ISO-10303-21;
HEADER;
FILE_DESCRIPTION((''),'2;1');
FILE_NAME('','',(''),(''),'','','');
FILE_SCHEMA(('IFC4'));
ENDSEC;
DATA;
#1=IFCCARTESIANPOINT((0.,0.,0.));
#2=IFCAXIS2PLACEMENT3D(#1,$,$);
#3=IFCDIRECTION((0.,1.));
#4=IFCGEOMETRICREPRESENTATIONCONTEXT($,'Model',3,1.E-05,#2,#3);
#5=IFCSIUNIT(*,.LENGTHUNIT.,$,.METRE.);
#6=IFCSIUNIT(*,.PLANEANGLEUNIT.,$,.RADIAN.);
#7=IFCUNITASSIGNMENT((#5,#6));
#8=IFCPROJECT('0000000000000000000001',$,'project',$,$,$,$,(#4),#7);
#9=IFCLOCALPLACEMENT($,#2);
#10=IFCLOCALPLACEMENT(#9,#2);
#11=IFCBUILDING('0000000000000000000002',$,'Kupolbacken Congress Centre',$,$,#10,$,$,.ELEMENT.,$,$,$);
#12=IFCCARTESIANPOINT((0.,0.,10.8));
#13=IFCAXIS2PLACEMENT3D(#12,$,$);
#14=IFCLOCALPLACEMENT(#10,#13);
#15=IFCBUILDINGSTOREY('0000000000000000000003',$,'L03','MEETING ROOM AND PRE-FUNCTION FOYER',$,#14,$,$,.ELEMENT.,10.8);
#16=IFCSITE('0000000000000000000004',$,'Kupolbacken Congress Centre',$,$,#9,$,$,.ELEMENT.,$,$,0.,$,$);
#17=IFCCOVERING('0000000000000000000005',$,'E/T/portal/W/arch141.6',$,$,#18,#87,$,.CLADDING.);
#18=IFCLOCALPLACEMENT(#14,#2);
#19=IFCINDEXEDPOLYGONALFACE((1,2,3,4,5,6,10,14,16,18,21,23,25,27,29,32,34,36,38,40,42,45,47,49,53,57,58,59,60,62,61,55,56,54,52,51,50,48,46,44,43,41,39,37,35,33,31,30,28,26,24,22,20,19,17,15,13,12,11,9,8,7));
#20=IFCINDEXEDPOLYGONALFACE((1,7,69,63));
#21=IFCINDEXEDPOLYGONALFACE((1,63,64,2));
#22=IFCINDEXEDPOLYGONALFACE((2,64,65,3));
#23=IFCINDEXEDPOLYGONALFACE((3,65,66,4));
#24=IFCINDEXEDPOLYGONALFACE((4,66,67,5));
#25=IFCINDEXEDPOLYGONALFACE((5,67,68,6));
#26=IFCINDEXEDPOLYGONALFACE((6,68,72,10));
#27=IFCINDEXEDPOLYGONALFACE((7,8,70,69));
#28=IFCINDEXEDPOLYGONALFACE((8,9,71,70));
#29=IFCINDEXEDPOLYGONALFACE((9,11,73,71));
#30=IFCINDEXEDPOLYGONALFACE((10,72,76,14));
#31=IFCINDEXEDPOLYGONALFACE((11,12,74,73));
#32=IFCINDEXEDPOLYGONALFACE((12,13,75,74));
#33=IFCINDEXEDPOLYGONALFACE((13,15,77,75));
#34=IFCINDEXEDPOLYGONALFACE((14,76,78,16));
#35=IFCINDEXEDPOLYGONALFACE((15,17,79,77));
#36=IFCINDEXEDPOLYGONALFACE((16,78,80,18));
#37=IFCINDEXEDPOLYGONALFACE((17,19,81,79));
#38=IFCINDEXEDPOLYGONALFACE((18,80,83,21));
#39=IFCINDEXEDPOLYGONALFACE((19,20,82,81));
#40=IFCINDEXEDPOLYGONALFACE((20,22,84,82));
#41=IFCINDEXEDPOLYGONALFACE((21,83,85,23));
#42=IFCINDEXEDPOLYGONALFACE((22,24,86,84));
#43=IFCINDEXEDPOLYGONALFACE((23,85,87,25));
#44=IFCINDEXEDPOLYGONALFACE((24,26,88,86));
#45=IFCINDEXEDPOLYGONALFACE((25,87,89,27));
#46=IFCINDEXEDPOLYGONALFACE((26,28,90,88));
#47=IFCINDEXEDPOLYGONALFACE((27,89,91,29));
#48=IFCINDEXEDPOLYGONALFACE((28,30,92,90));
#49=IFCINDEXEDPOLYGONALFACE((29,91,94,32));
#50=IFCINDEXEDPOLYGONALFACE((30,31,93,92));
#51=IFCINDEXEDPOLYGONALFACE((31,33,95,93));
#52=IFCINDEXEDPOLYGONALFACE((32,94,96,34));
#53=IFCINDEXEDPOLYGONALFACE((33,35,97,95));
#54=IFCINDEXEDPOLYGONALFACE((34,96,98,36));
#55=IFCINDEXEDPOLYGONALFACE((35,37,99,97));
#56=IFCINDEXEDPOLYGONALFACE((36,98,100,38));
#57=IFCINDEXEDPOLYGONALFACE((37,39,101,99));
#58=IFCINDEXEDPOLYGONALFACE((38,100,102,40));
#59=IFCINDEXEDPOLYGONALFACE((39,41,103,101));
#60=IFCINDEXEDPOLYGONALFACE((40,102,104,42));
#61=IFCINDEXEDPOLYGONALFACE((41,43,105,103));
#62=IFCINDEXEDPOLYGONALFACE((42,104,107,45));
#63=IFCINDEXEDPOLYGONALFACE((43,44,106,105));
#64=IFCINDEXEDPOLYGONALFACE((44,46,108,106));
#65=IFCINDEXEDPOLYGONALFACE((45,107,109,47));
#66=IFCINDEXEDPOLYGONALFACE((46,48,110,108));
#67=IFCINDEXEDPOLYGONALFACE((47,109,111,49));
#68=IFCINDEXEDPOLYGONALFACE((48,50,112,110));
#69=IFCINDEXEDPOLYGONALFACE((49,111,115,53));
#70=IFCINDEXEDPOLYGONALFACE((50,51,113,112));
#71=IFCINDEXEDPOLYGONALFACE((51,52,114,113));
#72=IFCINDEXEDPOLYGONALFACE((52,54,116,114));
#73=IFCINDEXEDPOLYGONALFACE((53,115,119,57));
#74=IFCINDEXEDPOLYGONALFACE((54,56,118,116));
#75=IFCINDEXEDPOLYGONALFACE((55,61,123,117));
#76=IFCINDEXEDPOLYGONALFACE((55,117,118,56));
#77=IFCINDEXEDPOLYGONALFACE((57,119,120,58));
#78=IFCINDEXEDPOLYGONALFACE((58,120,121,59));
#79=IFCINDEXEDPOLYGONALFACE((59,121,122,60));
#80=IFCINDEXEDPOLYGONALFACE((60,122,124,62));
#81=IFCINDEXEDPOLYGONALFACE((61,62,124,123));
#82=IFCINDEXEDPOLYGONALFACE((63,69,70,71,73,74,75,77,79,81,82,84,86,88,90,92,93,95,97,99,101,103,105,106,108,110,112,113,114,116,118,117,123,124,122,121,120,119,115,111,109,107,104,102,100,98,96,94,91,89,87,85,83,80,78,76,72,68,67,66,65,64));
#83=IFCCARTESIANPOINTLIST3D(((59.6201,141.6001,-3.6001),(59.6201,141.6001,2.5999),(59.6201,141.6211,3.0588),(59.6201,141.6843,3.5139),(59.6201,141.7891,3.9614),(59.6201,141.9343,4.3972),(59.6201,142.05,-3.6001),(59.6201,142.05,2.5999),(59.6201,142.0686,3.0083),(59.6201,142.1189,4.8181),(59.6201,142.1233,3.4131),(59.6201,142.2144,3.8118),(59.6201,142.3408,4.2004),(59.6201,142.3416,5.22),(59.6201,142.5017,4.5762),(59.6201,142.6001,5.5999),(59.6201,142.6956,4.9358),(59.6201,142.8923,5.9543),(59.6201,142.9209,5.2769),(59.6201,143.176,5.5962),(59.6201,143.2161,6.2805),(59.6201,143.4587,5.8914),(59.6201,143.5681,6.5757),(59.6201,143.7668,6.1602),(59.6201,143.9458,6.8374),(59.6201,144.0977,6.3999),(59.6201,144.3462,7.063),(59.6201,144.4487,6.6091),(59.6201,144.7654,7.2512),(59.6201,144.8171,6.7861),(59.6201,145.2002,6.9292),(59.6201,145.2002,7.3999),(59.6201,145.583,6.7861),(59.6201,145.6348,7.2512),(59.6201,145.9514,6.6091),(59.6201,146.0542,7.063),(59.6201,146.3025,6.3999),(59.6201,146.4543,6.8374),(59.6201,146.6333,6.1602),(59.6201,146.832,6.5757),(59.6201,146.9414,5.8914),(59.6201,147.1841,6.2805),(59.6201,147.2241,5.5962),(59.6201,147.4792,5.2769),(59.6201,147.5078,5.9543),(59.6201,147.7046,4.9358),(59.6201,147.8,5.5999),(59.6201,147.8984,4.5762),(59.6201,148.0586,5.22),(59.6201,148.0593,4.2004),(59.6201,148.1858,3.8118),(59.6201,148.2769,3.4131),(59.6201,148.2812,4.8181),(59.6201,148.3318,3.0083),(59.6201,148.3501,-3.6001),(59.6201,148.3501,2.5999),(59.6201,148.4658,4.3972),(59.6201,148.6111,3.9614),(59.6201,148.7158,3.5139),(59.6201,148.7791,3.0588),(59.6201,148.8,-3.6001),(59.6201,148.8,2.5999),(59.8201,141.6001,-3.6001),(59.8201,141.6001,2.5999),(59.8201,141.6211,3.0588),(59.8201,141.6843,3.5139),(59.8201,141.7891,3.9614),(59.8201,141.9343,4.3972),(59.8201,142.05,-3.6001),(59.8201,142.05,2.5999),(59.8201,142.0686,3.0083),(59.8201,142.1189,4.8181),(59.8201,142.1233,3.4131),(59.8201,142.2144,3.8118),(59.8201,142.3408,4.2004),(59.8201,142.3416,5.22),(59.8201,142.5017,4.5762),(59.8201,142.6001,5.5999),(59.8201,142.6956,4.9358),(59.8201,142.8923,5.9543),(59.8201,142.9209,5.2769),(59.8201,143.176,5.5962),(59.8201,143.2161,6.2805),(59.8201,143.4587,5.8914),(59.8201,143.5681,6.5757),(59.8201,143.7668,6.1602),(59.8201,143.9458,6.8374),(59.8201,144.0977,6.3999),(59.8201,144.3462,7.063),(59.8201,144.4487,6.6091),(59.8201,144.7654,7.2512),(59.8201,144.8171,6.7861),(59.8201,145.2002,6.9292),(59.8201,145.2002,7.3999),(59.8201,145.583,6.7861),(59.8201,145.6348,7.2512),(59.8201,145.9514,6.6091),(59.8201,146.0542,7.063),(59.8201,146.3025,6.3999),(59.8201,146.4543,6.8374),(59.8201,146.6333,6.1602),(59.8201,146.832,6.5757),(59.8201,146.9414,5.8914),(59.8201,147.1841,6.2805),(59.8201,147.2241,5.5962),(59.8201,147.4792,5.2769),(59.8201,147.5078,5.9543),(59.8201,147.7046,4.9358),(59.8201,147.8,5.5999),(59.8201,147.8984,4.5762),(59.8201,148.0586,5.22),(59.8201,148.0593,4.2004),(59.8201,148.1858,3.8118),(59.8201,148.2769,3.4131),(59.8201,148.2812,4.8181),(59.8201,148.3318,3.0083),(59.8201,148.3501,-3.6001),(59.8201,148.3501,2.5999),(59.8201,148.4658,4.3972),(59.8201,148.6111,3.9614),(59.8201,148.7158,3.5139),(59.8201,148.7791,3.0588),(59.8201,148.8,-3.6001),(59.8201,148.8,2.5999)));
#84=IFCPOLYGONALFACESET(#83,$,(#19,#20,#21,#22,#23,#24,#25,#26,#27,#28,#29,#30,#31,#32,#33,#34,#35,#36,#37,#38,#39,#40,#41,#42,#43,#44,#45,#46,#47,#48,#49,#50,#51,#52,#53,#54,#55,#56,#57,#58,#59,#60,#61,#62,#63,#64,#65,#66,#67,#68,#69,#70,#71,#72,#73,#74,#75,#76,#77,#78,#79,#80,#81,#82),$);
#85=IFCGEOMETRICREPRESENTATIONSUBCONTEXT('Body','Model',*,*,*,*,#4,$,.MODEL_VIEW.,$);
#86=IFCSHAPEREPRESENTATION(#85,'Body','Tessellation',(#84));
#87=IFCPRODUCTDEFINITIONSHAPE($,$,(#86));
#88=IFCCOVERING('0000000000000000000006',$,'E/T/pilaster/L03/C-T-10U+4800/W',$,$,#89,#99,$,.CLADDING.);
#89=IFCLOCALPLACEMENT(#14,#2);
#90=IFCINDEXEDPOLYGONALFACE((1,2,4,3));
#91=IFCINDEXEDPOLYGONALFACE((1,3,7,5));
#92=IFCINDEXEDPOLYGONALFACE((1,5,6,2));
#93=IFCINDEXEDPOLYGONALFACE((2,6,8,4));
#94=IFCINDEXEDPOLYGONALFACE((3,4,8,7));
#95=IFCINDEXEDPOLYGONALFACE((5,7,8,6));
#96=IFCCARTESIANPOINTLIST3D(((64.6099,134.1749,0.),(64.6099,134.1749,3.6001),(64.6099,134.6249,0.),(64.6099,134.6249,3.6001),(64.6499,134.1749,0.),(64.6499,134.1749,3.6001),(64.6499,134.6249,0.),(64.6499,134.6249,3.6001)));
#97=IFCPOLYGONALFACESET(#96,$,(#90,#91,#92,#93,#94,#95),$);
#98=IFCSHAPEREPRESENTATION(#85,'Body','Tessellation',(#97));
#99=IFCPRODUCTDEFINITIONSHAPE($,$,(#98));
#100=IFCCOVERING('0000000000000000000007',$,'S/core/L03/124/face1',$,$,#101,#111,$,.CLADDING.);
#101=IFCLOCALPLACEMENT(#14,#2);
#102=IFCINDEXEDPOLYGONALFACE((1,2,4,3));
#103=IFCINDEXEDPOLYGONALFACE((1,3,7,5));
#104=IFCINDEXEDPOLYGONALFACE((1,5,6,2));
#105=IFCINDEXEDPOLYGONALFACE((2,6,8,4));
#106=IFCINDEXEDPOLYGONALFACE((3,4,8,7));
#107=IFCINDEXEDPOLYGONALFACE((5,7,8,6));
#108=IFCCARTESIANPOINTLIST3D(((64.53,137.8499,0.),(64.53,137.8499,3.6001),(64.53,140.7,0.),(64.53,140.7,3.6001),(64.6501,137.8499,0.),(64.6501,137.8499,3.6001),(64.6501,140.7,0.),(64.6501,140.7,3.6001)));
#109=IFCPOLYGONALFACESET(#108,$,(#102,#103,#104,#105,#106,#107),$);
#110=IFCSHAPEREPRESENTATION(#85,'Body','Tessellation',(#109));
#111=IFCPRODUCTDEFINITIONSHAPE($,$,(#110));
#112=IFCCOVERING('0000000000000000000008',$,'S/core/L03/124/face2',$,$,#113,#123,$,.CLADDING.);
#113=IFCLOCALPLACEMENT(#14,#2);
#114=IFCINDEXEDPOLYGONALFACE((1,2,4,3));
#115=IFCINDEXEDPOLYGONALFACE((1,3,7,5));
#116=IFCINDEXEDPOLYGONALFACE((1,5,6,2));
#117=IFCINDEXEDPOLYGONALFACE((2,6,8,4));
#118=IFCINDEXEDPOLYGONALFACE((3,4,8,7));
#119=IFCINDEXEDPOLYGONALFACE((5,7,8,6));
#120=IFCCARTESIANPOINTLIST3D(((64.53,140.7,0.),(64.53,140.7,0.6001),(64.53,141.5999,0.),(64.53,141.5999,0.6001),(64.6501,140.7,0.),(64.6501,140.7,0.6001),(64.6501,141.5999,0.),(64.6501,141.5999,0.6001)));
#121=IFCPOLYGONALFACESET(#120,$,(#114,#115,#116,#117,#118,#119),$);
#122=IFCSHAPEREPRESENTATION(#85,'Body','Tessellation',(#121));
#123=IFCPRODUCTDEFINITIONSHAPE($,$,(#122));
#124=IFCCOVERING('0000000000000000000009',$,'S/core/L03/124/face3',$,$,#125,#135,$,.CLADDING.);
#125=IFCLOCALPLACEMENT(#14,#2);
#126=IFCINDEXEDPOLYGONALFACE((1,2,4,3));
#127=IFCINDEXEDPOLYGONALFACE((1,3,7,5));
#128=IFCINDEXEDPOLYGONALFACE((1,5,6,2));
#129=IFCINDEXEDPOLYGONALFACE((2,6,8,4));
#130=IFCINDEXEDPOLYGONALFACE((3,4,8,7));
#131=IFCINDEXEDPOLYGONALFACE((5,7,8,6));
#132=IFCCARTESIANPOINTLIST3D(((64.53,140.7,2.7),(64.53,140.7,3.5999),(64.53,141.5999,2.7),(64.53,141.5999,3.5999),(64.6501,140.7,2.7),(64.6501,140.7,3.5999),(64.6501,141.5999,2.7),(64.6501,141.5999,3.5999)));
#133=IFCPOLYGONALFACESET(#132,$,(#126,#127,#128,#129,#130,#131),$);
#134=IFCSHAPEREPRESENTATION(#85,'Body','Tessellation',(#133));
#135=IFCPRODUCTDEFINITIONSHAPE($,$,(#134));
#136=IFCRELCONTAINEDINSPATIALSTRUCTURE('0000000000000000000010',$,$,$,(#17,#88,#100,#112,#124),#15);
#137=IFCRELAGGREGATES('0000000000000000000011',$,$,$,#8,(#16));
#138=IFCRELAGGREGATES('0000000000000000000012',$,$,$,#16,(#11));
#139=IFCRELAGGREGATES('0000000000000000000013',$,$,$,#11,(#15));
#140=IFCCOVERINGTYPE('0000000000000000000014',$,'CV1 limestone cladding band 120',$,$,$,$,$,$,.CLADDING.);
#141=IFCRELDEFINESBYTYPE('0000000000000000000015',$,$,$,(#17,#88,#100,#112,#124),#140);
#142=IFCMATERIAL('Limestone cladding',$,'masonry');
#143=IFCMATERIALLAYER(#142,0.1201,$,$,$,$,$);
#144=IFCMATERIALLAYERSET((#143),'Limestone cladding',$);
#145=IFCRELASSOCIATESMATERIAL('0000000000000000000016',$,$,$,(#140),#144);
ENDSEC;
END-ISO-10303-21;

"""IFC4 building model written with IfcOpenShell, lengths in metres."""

from ifc_helpers import new_model, si_unit, direction, frame, origin, origin_2d, place, context, subcontext, project, spatial, polyline, rectangle, outline, extrude, material, layer, layer_set, type_object, element, save


model = new_model("IFC4")

# Units and contexts
model_context = context("Model", 3, precision=1e-05, world=origin(), true_north=direction((0.0, 1.0)))
body_context = subcontext(model_context, "Body", "Model", "MODEL_VIEW")
ifc_project = project(units=[si_unit("LENGTHUNIT", "METRE"), si_unit("PLANEANGLEUNIT", "RADIAN")], contexts=[model_context])

# Site, building, storey
site_placement = place(None, origin())
site = spatial("IfcSite", under=ifc_project, at=site_placement, Name="Kupolbacken Congress Centre", CompositionType="ELEMENT", RefElevation=0.0)
building_placement = place(site_placement, origin())
building = spatial("IfcBuilding", under=site, at=building_placement, Name="Kupolbacken Congress Centre", CompositionType="ELEMENT")
storey_placement = place(building_placement, frame((0.0, 0.0, 10.8)))
storey = spatial("IfcBuildingStorey", under=building, at=storey_placement, Name="L03", Description="MEETING ROOM AND PRE-FUNCTION FOYER", CompositionType="ELEMENT", Elevation=10.8)

# Coverings
ifc_material_1 = material(Name="Limestone cladding", Category="masonry")
ifc_layer_1 = layer(ifc_material_1, 0.1201)
ifc_layer_set_1 = layer_set([ifc_layer_1], Name="Limestone cladding")
covering_type = type_object("IfcCoveringType", Name="CV1 limestone cladding band 120", PredefinedType="CLADDING", material=ifc_layer_set_1)
covering_1_placement = place(storey_placement, frame((59.8201, 141.6001, -3.6001), z_axis=(-1.0, 0.0, 0.0), x_axis=(0.0, -1.0, 0.0)))
element("IfcCovering", 1, at=covering_1_placement, inside=storey, type_object=covering_type, Name="E/T/portal/W/arch141.6", PredefinedType="CLADDING", context=body_context, shape_type="SweptSolid", body=[
    extrude(outline(polyline([(0.0, 0.0), (0.0, 6.2), (-0.021, 6.6589), (-0.0842, 7.114), (-0.189, 7.5615), (-0.3342, 7.9973), (-0.5188, 8.4182), (-0.7415, 8.8201), (-1.0, 9.2), (-1.2922, 9.5544), (-1.616, 9.8806), (-1.968, 10.1758), (-2.3457, 10.4375), (-2.7461, 10.6631), (-3.1653, 10.8513), (-3.6001, 11.0), (-4.0347, 10.8513), (-4.4541, 10.6631), (-4.8542, 10.4375), (-5.2319, 10.1758), (-5.584, 9.8806), (-5.9077, 9.5544), (-6.2, 9.2), (-6.4585, 8.8201), (-6.6812, 8.4182), (-6.8657, 7.9973), (-7.011, 7.5615), (-7.1157, 7.114), (-7.179, 6.6589), (-7.2, 6.2), (-7.2, 0.0), (-6.75, 0.0), (-6.75, 6.2), (-6.7317, 6.6084), (-6.6768, 7.0132), (-6.5857, 7.4119), (-6.4592, 7.8005), (-6.2983, 8.1763), (-6.1045, 8.5359), (-5.8792, 8.877), (-5.624, 9.1963), (-5.3413, 9.4915), (-5.0332, 9.7603), (-4.7024, 10.0), (-4.3513, 10.2092), (-3.9829, 10.3862), (-3.6001, 10.5293), (-3.217, 10.3862), (-2.8486, 10.2092), (-2.4976, 10.0), (-2.1667, 9.7603), (-1.8586, 9.4915), (-1.5759, 9.1963), (-1.3208, 8.877), (-1.0955, 8.5359), (-0.9016, 8.1763), (-0.7407, 7.8005), (-0.6143, 7.4119), (-0.5232, 7.0132), (-0.4685, 6.6084), (-0.45, 6.2), (-0.45, 0.0), (0.0, 0.0)])), origin(), (0.0, 0.0, 1.0), 0.2),
])
covering_2_placement = place(storey_placement, frame((64.6299, 134.3999, 0.0), z_axis=(0.0, 0.0, 1.0), x_axis=(1.0, 0.0, 0.0)))
element("IfcCovering", 2, at=covering_2_placement, inside=storey, type_object=covering_type, Name="E/T/pilaster/L03/C-T-10U+4800/W", PredefinedType="CLADDING", context=body_context, shape_type="SweptSolid", body=[
    extrude(rectangle(XDim=0.04, YDim=0.45, at=origin_2d()), origin(), (0.0, 0.0, 1.0), 3.6001),
])
covering_3_placement = place(storey_placement, frame((64.5901, 139.2749, 0.0), z_axis=(0.0, 0.0, 1.0), x_axis=(0.0, -1.0, 0.0)))
element("IfcCovering", 3, at=covering_3_placement, inside=storey, type_object=covering_type, Name="S/core/L03/124/face1", PredefinedType="CLADDING", context=body_context, shape_type="SweptSolid", body=[
    extrude(rectangle(XDim=2.8501, YDim=0.1201, at=origin_2d()), origin(), (0.0, 0.0, 1.0), 3.6001),
])
covering_4_placement = place(storey_placement, frame((64.5901, 141.1499, 0.0), z_axis=(0.0, 0.0, 1.0), x_axis=(0.0, -1.0, 0.0)))
element("IfcCovering", 4, at=covering_4_placement, inside=storey, type_object=covering_type, Name="S/core/L03/124/face2", PredefinedType="CLADDING", context=body_context, shape_type="SweptSolid", body=[
    extrude(rectangle(XDim=0.8999, YDim=0.1201, at=origin_2d()), origin(), (0.0, 0.0, 1.0), 0.6001),
])
covering_5_placement = place(storey_placement, frame((64.5901, 141.1499, 2.7), z_axis=(0.0, 0.0, 1.0), x_axis=(0.0, -1.0, 0.0)))
element("IfcCovering", 5, at=covering_5_placement, inside=storey, type_object=covering_type, Name="S/core/L03/124/face3", PredefinedType="CLADDING", context=body_context, shape_type="SweptSolid", body=[
    extrude(rectangle(XDim=0.8999, YDim=0.1201, at=origin_2d()), origin(), (0.0, 0.0, 1.0), 0.8999),
])

save(model, "model.ifc")
